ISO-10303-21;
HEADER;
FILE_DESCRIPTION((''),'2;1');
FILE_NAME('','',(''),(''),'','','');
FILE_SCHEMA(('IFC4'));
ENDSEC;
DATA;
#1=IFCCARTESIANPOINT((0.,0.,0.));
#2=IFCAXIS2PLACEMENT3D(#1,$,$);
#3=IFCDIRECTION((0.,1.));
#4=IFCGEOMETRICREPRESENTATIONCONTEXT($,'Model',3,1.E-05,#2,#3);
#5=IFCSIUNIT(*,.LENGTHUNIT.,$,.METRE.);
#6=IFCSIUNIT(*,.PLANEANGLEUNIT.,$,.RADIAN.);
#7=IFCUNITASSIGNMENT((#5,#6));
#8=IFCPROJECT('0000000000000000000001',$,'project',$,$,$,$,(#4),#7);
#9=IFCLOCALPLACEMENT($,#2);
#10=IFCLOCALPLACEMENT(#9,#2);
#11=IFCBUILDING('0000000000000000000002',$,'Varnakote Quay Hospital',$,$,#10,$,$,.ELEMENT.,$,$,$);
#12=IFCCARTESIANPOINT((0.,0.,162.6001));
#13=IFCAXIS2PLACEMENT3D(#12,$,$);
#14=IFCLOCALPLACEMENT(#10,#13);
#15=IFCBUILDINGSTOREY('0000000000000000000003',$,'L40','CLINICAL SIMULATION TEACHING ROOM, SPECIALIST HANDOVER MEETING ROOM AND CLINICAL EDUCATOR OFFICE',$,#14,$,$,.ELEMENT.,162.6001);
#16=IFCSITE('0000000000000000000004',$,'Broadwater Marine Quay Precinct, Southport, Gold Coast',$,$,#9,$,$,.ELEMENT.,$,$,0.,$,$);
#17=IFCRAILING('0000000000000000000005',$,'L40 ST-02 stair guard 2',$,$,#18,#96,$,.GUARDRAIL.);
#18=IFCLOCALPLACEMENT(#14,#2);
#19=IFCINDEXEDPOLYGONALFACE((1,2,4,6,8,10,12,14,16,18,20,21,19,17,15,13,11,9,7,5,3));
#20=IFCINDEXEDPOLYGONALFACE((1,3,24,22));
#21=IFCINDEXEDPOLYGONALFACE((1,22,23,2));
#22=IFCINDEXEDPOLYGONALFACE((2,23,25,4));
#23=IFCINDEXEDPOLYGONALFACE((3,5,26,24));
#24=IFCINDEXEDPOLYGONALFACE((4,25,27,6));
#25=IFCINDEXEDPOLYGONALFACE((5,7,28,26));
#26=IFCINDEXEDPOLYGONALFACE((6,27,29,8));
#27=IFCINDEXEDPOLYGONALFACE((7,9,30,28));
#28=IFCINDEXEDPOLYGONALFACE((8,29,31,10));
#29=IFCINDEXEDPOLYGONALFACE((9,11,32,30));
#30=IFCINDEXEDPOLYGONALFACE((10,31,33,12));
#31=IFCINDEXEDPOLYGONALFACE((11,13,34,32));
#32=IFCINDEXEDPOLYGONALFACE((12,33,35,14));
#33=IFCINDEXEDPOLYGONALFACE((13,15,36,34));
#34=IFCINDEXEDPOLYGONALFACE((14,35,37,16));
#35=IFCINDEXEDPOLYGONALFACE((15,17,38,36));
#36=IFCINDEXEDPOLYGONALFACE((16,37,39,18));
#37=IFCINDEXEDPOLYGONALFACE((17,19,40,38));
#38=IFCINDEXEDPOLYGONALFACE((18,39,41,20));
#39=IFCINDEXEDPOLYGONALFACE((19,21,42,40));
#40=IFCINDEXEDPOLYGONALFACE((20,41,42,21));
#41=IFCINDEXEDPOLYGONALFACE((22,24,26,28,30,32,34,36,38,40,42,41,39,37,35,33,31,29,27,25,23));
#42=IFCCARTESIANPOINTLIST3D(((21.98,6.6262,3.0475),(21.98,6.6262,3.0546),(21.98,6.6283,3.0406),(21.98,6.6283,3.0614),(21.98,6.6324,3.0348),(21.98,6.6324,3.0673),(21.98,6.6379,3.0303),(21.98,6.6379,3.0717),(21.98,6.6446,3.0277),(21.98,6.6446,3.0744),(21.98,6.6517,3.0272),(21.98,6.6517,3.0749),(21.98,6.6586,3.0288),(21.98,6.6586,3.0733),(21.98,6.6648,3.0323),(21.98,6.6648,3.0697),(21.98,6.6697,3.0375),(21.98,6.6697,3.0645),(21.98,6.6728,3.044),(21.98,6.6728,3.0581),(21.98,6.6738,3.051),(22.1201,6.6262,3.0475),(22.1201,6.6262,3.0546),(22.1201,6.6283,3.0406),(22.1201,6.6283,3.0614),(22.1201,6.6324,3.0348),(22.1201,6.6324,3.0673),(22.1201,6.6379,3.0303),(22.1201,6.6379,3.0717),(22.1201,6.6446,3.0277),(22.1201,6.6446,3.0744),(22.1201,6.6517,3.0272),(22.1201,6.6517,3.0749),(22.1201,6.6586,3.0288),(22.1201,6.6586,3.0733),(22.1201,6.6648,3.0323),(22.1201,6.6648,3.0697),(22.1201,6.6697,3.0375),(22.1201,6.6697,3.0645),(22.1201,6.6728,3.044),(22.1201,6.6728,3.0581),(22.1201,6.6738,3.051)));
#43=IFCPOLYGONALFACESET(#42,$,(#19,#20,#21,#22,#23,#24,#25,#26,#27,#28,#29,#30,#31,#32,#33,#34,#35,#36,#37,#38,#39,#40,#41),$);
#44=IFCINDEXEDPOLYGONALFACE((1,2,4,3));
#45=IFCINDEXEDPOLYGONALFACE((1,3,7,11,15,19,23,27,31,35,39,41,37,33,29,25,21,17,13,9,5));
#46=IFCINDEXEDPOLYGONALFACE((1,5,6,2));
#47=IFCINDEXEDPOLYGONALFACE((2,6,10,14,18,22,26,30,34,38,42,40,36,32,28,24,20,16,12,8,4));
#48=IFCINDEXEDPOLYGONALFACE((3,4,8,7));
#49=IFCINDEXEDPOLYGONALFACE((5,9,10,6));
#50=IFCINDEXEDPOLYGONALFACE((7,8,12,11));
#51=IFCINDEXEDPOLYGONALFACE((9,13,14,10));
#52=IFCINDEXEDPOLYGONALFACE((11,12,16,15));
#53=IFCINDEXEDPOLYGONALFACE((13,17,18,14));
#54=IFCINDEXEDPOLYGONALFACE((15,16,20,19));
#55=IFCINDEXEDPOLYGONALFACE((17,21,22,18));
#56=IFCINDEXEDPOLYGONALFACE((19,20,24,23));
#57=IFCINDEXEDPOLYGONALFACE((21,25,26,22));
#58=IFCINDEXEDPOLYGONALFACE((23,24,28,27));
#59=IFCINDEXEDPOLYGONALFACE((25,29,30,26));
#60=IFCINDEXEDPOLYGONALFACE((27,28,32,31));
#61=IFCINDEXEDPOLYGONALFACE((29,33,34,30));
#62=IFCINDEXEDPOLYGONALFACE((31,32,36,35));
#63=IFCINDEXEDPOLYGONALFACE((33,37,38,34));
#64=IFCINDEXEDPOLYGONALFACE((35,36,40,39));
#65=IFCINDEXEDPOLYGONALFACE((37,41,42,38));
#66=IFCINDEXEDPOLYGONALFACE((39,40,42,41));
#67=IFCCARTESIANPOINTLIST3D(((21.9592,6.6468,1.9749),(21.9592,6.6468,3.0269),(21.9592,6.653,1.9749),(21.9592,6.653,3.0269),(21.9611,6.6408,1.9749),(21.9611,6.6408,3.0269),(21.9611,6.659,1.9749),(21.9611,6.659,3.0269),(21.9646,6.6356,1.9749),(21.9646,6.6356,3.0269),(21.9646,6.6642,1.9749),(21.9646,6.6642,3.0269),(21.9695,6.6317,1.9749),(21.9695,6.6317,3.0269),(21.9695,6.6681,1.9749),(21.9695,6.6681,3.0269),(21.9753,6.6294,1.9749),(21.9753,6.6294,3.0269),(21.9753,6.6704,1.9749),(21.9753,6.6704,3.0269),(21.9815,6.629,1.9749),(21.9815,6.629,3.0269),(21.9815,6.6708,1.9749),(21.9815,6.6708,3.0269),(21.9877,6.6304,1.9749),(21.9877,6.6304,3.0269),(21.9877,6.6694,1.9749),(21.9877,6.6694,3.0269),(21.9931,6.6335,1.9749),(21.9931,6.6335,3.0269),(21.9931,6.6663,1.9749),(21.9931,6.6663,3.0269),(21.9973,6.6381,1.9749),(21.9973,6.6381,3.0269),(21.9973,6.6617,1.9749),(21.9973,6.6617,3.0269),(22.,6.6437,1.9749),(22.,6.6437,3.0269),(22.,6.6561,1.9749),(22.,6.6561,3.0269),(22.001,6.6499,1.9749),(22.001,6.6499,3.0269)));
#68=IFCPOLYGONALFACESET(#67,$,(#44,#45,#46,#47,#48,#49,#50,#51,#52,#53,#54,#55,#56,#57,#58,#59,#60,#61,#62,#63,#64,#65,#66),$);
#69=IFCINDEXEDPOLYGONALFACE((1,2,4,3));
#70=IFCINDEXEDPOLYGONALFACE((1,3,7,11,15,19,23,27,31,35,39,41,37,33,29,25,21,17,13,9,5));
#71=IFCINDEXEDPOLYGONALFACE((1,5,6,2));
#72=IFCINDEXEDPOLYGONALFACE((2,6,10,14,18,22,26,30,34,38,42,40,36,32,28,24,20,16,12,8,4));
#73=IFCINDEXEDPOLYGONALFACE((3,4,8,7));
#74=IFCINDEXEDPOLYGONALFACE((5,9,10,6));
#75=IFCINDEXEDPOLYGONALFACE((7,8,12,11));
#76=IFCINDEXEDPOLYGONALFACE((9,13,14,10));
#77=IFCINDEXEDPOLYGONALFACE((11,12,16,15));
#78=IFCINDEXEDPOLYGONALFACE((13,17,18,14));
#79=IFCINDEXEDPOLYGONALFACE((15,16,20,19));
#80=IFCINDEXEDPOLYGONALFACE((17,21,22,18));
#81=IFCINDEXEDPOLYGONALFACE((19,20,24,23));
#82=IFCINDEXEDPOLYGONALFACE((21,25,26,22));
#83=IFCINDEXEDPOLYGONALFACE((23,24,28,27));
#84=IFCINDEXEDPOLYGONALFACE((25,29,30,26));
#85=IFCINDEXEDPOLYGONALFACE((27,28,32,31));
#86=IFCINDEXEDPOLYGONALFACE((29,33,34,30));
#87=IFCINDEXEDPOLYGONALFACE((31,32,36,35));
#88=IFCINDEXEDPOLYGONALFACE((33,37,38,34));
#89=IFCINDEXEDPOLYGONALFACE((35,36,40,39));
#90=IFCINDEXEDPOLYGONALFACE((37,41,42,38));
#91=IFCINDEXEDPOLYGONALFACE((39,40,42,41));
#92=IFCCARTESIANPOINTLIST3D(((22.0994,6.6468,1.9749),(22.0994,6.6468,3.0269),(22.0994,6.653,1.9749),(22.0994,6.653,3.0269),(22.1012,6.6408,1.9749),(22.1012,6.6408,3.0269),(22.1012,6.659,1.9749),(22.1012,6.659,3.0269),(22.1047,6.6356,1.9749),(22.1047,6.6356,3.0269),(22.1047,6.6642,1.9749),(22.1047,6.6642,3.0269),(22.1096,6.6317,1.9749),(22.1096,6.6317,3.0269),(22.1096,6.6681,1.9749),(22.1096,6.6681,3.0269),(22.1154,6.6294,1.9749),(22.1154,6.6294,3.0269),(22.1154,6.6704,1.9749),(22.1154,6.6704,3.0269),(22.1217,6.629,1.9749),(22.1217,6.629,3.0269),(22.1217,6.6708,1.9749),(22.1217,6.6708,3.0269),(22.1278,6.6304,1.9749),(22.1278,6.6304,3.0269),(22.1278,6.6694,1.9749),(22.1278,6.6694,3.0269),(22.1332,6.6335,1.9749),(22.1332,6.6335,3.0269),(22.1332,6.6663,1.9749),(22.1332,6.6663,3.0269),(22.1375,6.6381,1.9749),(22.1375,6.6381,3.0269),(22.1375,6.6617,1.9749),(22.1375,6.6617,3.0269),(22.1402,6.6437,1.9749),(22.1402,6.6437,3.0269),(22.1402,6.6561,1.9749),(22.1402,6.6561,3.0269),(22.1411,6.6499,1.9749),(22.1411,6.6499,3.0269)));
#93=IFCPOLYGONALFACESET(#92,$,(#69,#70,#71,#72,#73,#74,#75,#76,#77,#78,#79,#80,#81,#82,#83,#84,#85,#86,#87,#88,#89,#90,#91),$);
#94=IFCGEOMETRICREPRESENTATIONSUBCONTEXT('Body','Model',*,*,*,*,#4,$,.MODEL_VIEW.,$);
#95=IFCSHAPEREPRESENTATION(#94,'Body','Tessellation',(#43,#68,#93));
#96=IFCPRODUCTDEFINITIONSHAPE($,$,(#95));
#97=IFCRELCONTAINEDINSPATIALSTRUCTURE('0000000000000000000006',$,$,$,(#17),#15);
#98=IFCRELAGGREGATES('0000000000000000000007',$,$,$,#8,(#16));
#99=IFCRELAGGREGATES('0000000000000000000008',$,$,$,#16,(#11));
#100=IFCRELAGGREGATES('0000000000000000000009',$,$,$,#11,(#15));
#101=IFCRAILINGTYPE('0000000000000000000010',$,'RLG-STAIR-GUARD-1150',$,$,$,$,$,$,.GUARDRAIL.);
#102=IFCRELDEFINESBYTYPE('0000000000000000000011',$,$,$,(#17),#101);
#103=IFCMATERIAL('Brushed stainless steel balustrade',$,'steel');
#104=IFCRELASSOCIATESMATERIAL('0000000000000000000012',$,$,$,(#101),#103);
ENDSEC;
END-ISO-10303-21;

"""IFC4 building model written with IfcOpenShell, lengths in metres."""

from ifc_helpers import new_model, si_unit, direction, frame, origin, origin_2d, place, context, subcontext, project, spatial, circle, extrude, material, type_object, element, save


model = new_model("IFC4")

# Units and contexts
model_context = context("Model", 3, precision=1e-05, world=origin(), true_north=direction((0.0, 1.0)))
body_context = subcontext(model_context, "Body", "Model", "MODEL_VIEW")
ifc_project = project(units=[si_unit("LENGTHUNIT", "METRE"), si_unit("PLANEANGLEUNIT", "RADIAN")], contexts=[model_context])

# Site, building, storey
site_placement = place(None, origin())
site = spatial("IfcSite", under=ifc_project, at=site_placement, Name="Broadwater Marine Quay Precinct, Southport, Gold Coast", CompositionType="ELEMENT", RefElevation=0.0)
building_placement = place(site_placement, origin())
building = spatial("IfcBuilding", under=site, at=building_placement, Name="Varnakote Quay Hospital", CompositionType="ELEMENT")
storey_placement = place(building_placement, frame((0.0, 0.0, 162.6001)))
storey = spatial("IfcBuildingStorey", under=building, at=storey_placement, Name="L40", Description="CLINICAL SIMULATION TEACHING ROOM, SPECIALIST HANDOVER MEETING ROOM AND CLINICAL EDUCATOR OFFICE", CompositionType="ELEMENT", Elevation=162.6001)

# Railing
ifc_material_1 = material(Name="Brushed stainless steel balustrade", Category="steel")
railing_type_1 = type_object("IfcRailingType", Name="RLG-STAIR-GUARD-1150", PredefinedType="GUARDRAIL", material=ifc_material_1)
railing_1_placement = place(storey_placement, frame((21.98, 6.6499, 1.9749)))
element("IfcRailing", 1, at=railing_1_placement, inside=storey, type_object=railing_type_1, Name="L40 ST-02 stair guard 2", PredefinedType="GUARDRAIL", context=body_context, shape_type="SweptSolid", body=[
    extrude(circle(Radius=0.0239, at=origin_2d()), frame((0.0, 0.0, 1.0762), z_axis=(1.0, 0.0, 0.0), x_axis=(0.0, 1.0, 0.0)), (0.0, 0.0, 1.0), 0.1401),
    extrude(circle(Radius=0.021, at=origin_2d()), origin(), (0.0, 0.0, 1.0), 1.052),
    extrude(circle(Radius=0.021, at=origin_2d()), frame((0.1401, 0.0, 0.0)), (0.0, 0.0, 1.0), 1.052),
])

save(model, "model.ifc")
